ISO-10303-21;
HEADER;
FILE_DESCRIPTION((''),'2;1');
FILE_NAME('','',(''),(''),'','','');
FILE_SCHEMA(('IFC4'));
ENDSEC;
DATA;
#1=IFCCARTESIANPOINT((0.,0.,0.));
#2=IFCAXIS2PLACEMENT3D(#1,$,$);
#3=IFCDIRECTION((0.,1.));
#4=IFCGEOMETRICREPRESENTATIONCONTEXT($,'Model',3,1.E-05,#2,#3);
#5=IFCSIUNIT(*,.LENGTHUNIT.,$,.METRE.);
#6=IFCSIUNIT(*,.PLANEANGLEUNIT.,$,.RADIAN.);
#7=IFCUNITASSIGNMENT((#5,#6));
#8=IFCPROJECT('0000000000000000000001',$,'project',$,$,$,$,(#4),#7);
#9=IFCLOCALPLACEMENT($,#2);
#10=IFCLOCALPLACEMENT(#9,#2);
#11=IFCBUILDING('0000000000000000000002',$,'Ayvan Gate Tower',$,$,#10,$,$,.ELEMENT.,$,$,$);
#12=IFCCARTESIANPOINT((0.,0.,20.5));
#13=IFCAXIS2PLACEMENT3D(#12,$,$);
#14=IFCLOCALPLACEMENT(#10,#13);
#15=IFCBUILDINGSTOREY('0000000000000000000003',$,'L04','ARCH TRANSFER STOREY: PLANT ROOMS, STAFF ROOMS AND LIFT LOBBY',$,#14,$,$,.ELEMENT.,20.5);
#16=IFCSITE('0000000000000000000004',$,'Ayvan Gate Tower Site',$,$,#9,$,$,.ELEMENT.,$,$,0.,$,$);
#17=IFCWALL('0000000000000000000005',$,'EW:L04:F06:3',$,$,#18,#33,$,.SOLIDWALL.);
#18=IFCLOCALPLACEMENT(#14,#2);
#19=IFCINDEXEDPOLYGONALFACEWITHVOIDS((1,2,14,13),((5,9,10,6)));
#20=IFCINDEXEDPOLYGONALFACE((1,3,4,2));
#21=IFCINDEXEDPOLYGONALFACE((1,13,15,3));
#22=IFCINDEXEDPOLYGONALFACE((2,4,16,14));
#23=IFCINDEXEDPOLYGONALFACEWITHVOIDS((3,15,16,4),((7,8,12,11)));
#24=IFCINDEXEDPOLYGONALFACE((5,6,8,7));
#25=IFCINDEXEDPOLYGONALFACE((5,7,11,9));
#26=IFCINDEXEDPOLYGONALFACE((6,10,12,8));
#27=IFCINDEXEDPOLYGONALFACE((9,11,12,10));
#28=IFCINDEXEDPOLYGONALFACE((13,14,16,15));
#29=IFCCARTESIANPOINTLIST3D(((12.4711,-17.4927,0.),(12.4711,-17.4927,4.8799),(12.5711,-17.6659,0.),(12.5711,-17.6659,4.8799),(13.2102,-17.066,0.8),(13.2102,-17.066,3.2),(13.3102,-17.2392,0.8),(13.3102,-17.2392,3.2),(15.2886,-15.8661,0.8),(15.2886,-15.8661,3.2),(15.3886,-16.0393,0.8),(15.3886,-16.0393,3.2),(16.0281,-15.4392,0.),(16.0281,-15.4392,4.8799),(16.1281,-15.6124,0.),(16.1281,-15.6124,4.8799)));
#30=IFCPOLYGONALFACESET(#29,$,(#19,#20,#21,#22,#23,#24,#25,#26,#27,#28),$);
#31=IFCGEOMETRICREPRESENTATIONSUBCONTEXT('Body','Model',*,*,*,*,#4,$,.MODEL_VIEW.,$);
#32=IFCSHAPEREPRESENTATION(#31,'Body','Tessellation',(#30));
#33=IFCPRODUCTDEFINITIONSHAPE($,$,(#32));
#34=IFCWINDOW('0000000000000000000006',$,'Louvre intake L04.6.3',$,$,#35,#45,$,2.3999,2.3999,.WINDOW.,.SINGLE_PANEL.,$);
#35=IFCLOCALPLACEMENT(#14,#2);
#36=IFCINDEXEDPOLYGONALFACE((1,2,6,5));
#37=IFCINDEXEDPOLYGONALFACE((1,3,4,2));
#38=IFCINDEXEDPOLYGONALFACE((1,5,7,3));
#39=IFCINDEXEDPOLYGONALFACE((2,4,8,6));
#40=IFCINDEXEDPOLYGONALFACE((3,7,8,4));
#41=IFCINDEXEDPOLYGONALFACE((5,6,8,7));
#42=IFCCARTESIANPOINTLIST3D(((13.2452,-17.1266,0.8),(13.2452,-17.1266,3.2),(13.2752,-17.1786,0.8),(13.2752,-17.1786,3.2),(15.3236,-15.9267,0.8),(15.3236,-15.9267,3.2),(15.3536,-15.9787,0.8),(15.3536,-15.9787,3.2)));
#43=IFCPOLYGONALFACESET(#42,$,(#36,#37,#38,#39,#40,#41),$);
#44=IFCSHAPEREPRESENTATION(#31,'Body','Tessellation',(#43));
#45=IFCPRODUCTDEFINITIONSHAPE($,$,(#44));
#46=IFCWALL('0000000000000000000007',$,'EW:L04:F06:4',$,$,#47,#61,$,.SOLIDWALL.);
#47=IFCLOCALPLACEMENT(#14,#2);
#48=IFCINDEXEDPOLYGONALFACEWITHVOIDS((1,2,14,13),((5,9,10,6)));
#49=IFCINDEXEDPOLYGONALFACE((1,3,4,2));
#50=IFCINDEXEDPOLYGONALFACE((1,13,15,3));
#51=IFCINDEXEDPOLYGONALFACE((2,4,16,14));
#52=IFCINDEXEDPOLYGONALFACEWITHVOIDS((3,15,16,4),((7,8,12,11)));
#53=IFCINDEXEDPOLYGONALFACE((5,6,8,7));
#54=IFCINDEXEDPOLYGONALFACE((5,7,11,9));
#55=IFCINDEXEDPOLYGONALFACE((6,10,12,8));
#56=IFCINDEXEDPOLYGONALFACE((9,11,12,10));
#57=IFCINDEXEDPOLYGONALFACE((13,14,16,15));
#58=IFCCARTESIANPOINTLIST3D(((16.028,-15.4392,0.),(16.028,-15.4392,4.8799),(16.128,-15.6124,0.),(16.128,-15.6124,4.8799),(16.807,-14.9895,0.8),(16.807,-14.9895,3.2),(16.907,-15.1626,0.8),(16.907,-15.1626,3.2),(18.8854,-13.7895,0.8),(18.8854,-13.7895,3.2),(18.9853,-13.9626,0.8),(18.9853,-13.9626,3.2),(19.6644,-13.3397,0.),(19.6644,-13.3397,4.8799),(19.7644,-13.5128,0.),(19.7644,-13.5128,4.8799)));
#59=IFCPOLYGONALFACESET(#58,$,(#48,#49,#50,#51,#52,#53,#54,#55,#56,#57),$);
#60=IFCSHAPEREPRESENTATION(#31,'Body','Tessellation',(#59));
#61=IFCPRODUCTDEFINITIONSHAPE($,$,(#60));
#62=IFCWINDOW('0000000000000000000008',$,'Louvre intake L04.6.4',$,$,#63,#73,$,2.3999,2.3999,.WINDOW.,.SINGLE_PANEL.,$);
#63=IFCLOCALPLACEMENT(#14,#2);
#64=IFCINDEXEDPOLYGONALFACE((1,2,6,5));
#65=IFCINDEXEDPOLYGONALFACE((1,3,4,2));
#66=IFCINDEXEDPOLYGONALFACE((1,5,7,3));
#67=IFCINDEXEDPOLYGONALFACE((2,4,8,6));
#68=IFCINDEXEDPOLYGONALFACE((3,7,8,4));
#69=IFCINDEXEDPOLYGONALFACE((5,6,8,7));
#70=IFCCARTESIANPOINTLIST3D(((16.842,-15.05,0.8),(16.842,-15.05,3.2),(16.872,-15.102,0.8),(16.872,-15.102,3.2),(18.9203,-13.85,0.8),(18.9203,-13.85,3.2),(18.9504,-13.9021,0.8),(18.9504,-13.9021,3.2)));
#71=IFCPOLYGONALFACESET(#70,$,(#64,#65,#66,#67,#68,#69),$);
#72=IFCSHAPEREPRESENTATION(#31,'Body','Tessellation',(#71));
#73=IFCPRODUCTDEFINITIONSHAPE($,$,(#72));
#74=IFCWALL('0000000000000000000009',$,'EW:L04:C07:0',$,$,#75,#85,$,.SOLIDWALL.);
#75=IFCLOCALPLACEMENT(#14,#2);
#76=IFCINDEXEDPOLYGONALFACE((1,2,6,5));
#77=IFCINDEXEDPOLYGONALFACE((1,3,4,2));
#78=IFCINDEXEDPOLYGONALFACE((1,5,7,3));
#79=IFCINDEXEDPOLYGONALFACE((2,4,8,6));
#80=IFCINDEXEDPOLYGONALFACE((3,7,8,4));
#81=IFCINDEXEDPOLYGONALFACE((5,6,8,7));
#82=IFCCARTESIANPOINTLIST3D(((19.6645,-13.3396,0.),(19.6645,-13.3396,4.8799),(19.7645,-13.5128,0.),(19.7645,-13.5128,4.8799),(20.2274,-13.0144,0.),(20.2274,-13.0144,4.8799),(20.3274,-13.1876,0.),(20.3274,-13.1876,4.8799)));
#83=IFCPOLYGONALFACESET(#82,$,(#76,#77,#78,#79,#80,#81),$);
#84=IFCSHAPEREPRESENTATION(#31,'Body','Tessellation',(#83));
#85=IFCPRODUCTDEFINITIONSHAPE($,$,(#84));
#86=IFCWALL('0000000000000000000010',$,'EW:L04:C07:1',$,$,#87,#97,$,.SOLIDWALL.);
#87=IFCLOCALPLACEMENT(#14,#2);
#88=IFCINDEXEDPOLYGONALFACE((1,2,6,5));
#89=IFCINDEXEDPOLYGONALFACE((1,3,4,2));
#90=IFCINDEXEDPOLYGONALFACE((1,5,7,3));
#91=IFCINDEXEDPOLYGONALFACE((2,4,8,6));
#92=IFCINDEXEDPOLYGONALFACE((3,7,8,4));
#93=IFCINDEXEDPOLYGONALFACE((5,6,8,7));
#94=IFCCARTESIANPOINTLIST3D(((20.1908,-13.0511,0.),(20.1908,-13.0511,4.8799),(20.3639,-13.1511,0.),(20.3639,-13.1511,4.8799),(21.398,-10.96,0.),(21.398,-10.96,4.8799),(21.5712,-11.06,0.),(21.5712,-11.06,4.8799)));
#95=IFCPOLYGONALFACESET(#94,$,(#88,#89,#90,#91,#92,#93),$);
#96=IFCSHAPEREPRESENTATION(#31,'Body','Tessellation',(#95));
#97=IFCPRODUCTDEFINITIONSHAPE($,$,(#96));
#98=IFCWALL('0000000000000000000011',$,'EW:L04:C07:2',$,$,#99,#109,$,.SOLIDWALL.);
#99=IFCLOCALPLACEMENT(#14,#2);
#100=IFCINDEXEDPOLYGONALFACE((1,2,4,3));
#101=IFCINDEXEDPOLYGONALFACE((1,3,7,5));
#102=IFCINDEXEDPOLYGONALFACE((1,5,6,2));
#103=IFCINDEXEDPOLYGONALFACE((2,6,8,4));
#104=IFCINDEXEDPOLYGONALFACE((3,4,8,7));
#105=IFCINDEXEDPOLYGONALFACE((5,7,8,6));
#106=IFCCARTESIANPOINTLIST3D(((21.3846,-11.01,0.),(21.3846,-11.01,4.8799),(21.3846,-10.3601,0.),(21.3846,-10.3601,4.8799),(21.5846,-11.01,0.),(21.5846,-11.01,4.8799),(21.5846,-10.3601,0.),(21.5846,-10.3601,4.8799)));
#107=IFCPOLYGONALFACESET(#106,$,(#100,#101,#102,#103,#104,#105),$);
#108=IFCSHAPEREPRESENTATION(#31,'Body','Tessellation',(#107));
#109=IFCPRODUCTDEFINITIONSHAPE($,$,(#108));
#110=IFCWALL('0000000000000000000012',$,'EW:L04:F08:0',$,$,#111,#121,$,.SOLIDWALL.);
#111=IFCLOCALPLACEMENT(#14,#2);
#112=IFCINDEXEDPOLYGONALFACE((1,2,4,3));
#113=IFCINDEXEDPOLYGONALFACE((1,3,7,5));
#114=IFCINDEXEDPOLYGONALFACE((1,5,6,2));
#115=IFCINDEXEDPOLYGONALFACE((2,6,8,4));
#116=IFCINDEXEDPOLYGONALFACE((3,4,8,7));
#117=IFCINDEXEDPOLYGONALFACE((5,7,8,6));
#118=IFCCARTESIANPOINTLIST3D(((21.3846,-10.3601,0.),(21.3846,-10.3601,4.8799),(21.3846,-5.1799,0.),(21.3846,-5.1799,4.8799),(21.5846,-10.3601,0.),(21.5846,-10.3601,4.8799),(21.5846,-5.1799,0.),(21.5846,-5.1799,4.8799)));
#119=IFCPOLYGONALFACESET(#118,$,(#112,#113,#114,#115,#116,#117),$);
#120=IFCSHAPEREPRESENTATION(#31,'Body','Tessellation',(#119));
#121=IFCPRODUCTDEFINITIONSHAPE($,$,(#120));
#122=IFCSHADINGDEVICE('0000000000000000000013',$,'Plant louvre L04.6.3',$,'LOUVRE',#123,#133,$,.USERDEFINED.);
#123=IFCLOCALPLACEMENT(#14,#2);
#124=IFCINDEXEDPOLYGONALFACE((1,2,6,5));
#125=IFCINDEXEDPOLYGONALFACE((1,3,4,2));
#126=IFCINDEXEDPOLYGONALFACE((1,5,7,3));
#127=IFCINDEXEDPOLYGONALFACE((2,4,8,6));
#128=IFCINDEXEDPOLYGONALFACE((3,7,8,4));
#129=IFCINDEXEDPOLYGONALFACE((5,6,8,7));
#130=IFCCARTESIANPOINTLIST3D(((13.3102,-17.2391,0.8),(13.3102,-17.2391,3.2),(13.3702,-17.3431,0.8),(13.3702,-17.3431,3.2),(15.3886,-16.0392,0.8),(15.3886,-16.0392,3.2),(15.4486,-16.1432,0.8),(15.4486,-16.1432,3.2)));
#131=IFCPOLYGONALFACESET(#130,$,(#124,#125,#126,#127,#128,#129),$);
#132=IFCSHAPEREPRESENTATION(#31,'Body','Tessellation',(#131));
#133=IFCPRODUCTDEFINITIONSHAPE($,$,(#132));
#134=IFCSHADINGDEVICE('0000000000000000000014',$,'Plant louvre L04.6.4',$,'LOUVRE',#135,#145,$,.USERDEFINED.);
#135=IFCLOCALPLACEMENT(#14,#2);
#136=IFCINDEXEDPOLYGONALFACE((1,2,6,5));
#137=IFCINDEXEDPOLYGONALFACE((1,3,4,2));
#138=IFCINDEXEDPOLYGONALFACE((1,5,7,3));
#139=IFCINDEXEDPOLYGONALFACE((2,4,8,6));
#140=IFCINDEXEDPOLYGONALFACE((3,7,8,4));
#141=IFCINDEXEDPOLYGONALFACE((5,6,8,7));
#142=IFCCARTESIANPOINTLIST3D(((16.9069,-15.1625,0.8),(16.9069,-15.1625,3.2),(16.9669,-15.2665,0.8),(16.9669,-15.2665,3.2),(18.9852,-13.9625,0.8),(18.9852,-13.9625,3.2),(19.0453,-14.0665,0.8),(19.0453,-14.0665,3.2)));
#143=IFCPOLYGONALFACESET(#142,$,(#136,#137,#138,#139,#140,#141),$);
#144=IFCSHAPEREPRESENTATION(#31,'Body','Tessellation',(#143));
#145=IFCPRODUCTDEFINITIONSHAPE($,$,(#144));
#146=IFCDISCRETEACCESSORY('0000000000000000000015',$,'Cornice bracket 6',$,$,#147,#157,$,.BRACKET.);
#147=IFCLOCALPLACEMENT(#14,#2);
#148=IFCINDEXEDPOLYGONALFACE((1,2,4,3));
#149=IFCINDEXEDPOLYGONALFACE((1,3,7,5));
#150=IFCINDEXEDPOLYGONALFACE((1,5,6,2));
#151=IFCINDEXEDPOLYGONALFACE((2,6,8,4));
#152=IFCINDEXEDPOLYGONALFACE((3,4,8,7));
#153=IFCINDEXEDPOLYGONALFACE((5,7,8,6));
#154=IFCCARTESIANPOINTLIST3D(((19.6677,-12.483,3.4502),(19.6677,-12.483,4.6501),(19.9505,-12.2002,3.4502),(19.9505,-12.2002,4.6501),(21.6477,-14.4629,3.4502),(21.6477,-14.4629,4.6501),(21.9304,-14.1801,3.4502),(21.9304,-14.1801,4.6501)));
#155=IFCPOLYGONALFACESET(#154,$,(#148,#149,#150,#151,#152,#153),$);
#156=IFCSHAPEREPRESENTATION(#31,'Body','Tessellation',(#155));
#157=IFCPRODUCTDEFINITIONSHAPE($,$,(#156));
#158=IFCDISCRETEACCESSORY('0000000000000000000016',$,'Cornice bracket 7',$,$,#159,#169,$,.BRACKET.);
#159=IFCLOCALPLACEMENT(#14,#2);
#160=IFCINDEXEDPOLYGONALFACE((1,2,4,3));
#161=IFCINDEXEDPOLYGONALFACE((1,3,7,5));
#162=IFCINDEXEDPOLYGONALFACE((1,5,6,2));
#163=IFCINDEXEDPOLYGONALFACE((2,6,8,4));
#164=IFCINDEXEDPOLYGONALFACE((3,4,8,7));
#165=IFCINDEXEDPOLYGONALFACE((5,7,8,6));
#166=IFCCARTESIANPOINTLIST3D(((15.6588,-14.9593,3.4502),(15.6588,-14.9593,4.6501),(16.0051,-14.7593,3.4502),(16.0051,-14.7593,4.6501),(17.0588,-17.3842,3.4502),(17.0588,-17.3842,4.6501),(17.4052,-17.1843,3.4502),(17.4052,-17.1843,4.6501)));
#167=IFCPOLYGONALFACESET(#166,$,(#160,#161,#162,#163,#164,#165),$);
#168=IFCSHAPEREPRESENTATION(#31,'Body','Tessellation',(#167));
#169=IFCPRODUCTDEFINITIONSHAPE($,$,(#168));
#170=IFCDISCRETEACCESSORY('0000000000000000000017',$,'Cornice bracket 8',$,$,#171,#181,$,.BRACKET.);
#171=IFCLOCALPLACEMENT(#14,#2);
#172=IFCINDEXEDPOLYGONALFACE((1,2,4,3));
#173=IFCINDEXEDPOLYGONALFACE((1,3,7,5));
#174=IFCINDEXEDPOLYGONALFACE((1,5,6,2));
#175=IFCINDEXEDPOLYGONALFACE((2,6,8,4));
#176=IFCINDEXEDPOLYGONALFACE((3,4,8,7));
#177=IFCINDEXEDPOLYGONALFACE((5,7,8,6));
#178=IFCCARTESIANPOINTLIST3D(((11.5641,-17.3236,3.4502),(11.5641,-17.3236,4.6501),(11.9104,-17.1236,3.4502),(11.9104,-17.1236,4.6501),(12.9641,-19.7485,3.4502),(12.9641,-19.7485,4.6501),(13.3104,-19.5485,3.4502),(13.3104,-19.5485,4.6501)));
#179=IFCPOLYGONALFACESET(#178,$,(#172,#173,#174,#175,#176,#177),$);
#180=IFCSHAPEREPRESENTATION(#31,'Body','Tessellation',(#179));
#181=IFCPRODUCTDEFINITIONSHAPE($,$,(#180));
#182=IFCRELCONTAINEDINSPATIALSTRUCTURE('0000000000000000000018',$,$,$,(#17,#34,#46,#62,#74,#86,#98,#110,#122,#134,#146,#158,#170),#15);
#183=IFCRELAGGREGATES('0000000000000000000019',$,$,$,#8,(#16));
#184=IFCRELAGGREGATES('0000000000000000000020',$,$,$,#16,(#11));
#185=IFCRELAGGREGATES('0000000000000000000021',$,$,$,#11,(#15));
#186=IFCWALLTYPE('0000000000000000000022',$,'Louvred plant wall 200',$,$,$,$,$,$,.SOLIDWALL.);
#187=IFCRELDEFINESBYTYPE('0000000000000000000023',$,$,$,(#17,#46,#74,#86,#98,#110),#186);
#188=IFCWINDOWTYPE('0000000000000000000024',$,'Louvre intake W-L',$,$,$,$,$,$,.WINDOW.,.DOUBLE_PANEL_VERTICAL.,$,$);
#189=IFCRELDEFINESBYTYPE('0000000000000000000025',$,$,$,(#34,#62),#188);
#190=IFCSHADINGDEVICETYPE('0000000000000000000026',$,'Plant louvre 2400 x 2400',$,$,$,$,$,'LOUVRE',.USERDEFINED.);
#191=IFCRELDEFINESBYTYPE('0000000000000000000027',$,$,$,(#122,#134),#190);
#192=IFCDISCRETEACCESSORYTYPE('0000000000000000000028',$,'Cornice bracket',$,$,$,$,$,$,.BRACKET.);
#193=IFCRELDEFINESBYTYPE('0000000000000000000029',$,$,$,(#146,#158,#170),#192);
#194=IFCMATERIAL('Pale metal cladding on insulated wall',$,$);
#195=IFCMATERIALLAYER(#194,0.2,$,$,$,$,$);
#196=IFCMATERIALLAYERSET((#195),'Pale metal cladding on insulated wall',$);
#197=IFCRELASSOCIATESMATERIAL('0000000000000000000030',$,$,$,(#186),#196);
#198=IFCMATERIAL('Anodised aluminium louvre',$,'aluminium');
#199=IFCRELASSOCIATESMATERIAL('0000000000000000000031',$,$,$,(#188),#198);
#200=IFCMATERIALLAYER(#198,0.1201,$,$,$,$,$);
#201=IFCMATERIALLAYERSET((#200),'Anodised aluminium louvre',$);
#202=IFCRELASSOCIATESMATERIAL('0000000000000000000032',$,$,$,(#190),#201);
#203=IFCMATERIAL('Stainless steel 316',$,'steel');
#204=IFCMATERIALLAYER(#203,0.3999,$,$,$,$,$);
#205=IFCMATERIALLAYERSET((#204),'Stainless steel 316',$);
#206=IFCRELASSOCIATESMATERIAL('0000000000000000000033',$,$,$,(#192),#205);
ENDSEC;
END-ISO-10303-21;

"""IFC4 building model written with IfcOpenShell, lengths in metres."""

from ifc_helpers import new_model, si_unit, direction, frame, frame_2d, origin, origin_2d, place, context, subcontext, project, spatial, rectangle, extrude, material, layer, layer_set, type_object, element, fill, save


model = new_model("IFC4")

# Units and contexts
model_context = context("Model", 3, precision=1e-05, world=origin(), true_north=direction((0.0, 1.0)))
body_context = subcontext(model_context, "Body", "Model", "MODEL_VIEW")
ifc_project = project(units=[si_unit("LENGTHUNIT", "METRE"), si_unit("PLANEANGLEUNIT", "RADIAN")], contexts=[model_context])

# Site, building, storey
site_placement = place(None, origin())
site = spatial("IfcSite", under=ifc_project, at=site_placement, Name="Ayvan Gate Tower Site", CompositionType="ELEMENT", RefElevation=0.0)
building_placement = place(site_placement, origin())
building = spatial("IfcBuilding", under=site, at=building_placement, Name="Ayvan Gate Tower", CompositionType="ELEMENT")
storey_placement = place(building_placement, frame((0.0, 0.0, 20.5)))
storey = spatial("IfcBuildingStorey", under=building, at=storey_placement, Name="L04", Description="ARCH TRANSFER STOREY: PLANT ROOMS, STAFF ROOMS AND LIFT LOBBY", CompositionType="ELEMENT", Elevation=20.5)

# Walls, openings, windows
ifc_material_1 = material(Name="Pale metal cladding on insulated wall")
ifc_layer_1 = layer(ifc_material_1, 0.2)
ifc_layer_set_1 = layer_set([ifc_layer_1], Name="Pale metal cladding on insulated wall")
wall_type = type_object("IfcWallType", Name="Louvred plant wall 200", PredefinedType="SOLIDWALL", material=ifc_layer_set_1)
wall_1_placement = place(storey_placement, frame((12.521, -17.5793, 0.0), z_axis=(0.0, 0.0, 1.0), x_axis=(0.866036, 0.499981, 0.0)))
wall_1 = element("IfcWall", 1, at=wall_1_placement, inside=storey, type_object=wall_type, Name="EW:L04:F06:3", PredefinedType="SOLIDWALL", context=body_context, shape_type="SweptSolid", body=[
    extrude(rectangle(XDim=4.1072, YDim=0.2, at=frame_2d((2.0537, 0.0))), origin(), (0.0, 0.0, 1.0), 4.8799),
])
opening_1_placement = place(wall_1_placement, frame((0.8535, 0.0, 0.8)))
opening_1 = element("IfcOpeningElement", 2, at=opening_1_placement, cuts=wall_1, PredefinedType="OPENING", context=body_context, shape_type="SweptSolid", body=[
    extrude(rectangle(XDim=2.3999, YDim=2.3999, at=frame_2d((1.2, 1.2))), frame((0.0, 0.1099, 0.0), z_axis=(0.0, -1.0, 0.0), x_axis=(1.0, 0.0, 0.0)), (0.0, 0.0, 1.0), 0.22),
])
ifc_material_2 = material(Name="Anodised aluminium louvre", Category="aluminium")
window_type = type_object("IfcWindowType", Name="Louvre intake W-L", PartitioningType="DOUBLE_PANEL_VERTICAL", PredefinedType="WINDOW", material=ifc_material_2)
window_1_placement = place(opening_1_placement, origin())
window_1 = element("IfcWindow", 3, at=window_1_placement, inside=storey, type_object=window_type, Name="Louvre intake L04.6.3", OverallHeight=2.3999, OverallWidth=2.3999, PartitioningType="SINGLE_PANEL", PredefinedType="WINDOW", context=body_context, shape_type="SweptSolid", body=[
    extrude(rectangle(XDim=2.3999, YDim=2.3999, at=frame_2d((1.2, 1.2))), frame((0.0, 0.03, 0.0), z_axis=(0.0, -1.0, 0.0), x_axis=(1.0, 0.0, 0.0)), (0.0, 0.0, 1.0), 0.0601),
])
fill(opening_1, window_1)
wall_2_placement = place(storey_placement, frame((16.0779, -15.5259, 0.0), z_axis=(0.0, 0.0, 1.0), x_axis=(0.866016, 0.500016, 0.0)))
wall_2 = element("IfcWall", 4, at=wall_2_placement, inside=storey, type_object=wall_type, Name="EW:L04:F06:4", PredefinedType="SOLIDWALL", context=body_context, shape_type="SweptSolid", body=[
    extrude(rectangle(XDim=4.199, YDim=0.2, at=frame_2d((2.0996, 0.0))), origin(), (0.0, 0.0, 1.0), 4.8799),
])
opening_2_placement = place(wall_2_placement, frame((0.8997, 0.0, 0.8)))
opening_2 = element("IfcOpeningElement", 5, at=opening_2_placement, cuts=wall_2, PredefinedType="OPENING", context=body_context, shape_type="SweptSolid", body=[
    extrude(rectangle(XDim=2.3999, YDim=2.3999, at=frame_2d((1.2, 1.2))), frame((0.0, 0.1099, 0.0), z_axis=(0.0, -1.0, 0.0), x_axis=(1.0, 0.0, 0.0)), (0.0, 0.0, 1.0), 0.22),
])
window_2_placement = place(opening_2_placement, origin())
window_2 = element("IfcWindow", 6, at=window_2_placement, inside=storey, type_object=window_type, Name="Louvre intake L04.6.4", OverallHeight=2.3999, OverallWidth=2.3999, PartitioningType="SINGLE_PANEL", PredefinedType="WINDOW", context=body_context, shape_type="SweptSolid", body=[
    extrude(rectangle(XDim=2.3999, YDim=2.3999, at=frame_2d((1.2, 1.2))), frame((0.0, 0.03, 0.0), z_axis=(0.0, -1.0, 0.0), x_axis=(1.0, 0.0, 0.0)), (0.0, 0.0, 1.0), 0.0601),
])
fill(opening_2, window_2)

# Walls
wall_3_placement = place(storey_placement, frame((19.7144, -13.4263, 0.0), z_axis=(0.0, 0.0, 1.0), x_axis=(0.865923, 0.500177, 0.0)))
element("IfcWall", 7, at=wall_3_placement, inside=storey, type_object=wall_type, Name="EW:L04:C07:0", PredefinedType="SOLIDWALL", context=body_context, shape_type="SweptSolid", body=[
    extrude(rectangle(XDim=0.6501, YDim=0.2, at=frame_2d((0.3252, 0.0))), origin(), (0.0, 0.0, 1.0), 4.8799),
])
wall_4_placement = place(storey_placement, frame((20.2773, -13.1011, 0.0), z_axis=(0.0, 0.0, 1.0), x_axis=(0.5, 0.866026, 0.0)))
element("IfcWall", 8, at=wall_4_placement, inside=storey, type_object=wall_type, Name="EW:L04:C07:1", PredefinedType="SOLIDWALL", context=body_context, shape_type="SweptSolid", body=[
    extrude(rectangle(XDim=2.4146, YDim=0.2, at=frame_2d((1.2073, 0.0))), origin(), (0.0, 0.0, 1.0), 4.8799),
])
wall_5_placement = place(storey_placement, frame((21.4846, -11.01, 0.0), z_axis=(0.0, 0.0, 1.0), x_axis=(0.0, 1.0, 0.0)))
element("IfcWall", 9, at=wall_5_placement, inside=storey, type_object=wall_type, Name="EW:L04:C07:2", PredefinedType="SOLIDWALL", context=body_context, shape_type="SweptSolid", body=[
    extrude(rectangle(XDim=0.6499, YDim=0.2, at=frame_2d((0.325, 0.0))), origin(), (0.0, 0.0, 1.0), 4.8799),
])
wall_6_placement = place(storey_placement, frame((21.4846, -10.3601, 0.0), z_axis=(0.0, 0.0, 1.0), x_axis=(0.0, 1.0, 0.0)))
element("IfcWall", 10, at=wall_6_placement, inside=storey, type_object=wall_type, Name="EW:L04:F08:0", PredefinedType="SOLIDWALL", context=body_context, shape_type="SweptSolid", body=[
    extrude(rectangle(XDim=5.1802, YDim=0.2, at=frame_2d((2.5901, 0.0))), origin(), (0.0, 0.0, 1.0), 4.8799),
])

# Shading devices
ifc_layer_2 = layer(ifc_material_2, 0.1201)
ifc_layer_set_2 = layer_set([ifc_layer_2], Name="Anodised aluminium louvre")
shading_device_type = type_object("IfcShadingDeviceType", Name="Plant louvre 2400 x 2400", ElementType="LOUVRE", PredefinedType="USERDEFINED", material=ifc_layer_set_2)
for number, where, z_axis, x_axis, name in (
    (11, (14.3794, -16.6912, 0.8), (0.0, 0.0, 1.0), (0.866025, 0.5, 0.0), "Plant louvre L04.6.3"),
    (12, (17.9761, -14.6145, 0.8), (0.0, 0.0, 1.0), (0.866025, 0.5, 0.0), "Plant louvre L04.6.4"),
):
    element("IfcShadingDevice", number, at=place(storey_placement, frame(where, z_axis=z_axis, x_axis=x_axis)), inside=storey, type_object=shading_device_type, Name=name, ObjectType="LOUVRE", PredefinedType="USERDEFINED", context=body_context, shape_type="SweptSolid", body=[
        extrude(rectangle(XDim=2.3999, YDim=0.1201, at=origin_2d()), origin(), (0.0, 0.0, 1.0), 2.3999),
    ])

# Discrete accessories
ifc_material_3 = material(Name="Stainless steel 316", Category="steel")
ifc_layer_3 = layer(ifc_material_3, 0.3999)
ifc_layer_set_3 = layer_set([ifc_layer_3], Name="Stainless steel 316")
discrete_accessory_type_1 = type_object("IfcDiscreteAccessoryType", Name="Cornice bracket", PredefinedType="BRACKET", material=ifc_layer_set_3)
for number, where, z_axis, x_axis, name in (
    (13, (20.7991, -13.3315, 3.4502), (0.0, 0.0, 1.0), (0.707107, -0.707107, 0.0), "Cornice bracket 6"),
    (14, (16.532, -16.0718, 3.4502), (0.0, 0.0, 1.0), (0.5, -0.866025, 0.0), "Cornice bracket 7"),
    (15, (12.4373, -18.436, 3.4502), (0.0, 0.0, 1.0), (0.5, -0.866025, 0.0), "Cornice bracket 8"),
):
    element("IfcDiscreteAccessory", number, at=place(storey_placement, frame(where, z_axis=z_axis, x_axis=x_axis)), inside=storey, type_object=discrete_accessory_type_1, Name=name, PredefinedType="BRACKET", context=body_context, shape_type="SweptSolid", body=[
        extrude(rectangle(XDim=2.8, YDim=0.3999, at=origin_2d()), origin(), (0.0, 0.0, 1.0), 1.2),
    ])

save(model, "model.ifc")
